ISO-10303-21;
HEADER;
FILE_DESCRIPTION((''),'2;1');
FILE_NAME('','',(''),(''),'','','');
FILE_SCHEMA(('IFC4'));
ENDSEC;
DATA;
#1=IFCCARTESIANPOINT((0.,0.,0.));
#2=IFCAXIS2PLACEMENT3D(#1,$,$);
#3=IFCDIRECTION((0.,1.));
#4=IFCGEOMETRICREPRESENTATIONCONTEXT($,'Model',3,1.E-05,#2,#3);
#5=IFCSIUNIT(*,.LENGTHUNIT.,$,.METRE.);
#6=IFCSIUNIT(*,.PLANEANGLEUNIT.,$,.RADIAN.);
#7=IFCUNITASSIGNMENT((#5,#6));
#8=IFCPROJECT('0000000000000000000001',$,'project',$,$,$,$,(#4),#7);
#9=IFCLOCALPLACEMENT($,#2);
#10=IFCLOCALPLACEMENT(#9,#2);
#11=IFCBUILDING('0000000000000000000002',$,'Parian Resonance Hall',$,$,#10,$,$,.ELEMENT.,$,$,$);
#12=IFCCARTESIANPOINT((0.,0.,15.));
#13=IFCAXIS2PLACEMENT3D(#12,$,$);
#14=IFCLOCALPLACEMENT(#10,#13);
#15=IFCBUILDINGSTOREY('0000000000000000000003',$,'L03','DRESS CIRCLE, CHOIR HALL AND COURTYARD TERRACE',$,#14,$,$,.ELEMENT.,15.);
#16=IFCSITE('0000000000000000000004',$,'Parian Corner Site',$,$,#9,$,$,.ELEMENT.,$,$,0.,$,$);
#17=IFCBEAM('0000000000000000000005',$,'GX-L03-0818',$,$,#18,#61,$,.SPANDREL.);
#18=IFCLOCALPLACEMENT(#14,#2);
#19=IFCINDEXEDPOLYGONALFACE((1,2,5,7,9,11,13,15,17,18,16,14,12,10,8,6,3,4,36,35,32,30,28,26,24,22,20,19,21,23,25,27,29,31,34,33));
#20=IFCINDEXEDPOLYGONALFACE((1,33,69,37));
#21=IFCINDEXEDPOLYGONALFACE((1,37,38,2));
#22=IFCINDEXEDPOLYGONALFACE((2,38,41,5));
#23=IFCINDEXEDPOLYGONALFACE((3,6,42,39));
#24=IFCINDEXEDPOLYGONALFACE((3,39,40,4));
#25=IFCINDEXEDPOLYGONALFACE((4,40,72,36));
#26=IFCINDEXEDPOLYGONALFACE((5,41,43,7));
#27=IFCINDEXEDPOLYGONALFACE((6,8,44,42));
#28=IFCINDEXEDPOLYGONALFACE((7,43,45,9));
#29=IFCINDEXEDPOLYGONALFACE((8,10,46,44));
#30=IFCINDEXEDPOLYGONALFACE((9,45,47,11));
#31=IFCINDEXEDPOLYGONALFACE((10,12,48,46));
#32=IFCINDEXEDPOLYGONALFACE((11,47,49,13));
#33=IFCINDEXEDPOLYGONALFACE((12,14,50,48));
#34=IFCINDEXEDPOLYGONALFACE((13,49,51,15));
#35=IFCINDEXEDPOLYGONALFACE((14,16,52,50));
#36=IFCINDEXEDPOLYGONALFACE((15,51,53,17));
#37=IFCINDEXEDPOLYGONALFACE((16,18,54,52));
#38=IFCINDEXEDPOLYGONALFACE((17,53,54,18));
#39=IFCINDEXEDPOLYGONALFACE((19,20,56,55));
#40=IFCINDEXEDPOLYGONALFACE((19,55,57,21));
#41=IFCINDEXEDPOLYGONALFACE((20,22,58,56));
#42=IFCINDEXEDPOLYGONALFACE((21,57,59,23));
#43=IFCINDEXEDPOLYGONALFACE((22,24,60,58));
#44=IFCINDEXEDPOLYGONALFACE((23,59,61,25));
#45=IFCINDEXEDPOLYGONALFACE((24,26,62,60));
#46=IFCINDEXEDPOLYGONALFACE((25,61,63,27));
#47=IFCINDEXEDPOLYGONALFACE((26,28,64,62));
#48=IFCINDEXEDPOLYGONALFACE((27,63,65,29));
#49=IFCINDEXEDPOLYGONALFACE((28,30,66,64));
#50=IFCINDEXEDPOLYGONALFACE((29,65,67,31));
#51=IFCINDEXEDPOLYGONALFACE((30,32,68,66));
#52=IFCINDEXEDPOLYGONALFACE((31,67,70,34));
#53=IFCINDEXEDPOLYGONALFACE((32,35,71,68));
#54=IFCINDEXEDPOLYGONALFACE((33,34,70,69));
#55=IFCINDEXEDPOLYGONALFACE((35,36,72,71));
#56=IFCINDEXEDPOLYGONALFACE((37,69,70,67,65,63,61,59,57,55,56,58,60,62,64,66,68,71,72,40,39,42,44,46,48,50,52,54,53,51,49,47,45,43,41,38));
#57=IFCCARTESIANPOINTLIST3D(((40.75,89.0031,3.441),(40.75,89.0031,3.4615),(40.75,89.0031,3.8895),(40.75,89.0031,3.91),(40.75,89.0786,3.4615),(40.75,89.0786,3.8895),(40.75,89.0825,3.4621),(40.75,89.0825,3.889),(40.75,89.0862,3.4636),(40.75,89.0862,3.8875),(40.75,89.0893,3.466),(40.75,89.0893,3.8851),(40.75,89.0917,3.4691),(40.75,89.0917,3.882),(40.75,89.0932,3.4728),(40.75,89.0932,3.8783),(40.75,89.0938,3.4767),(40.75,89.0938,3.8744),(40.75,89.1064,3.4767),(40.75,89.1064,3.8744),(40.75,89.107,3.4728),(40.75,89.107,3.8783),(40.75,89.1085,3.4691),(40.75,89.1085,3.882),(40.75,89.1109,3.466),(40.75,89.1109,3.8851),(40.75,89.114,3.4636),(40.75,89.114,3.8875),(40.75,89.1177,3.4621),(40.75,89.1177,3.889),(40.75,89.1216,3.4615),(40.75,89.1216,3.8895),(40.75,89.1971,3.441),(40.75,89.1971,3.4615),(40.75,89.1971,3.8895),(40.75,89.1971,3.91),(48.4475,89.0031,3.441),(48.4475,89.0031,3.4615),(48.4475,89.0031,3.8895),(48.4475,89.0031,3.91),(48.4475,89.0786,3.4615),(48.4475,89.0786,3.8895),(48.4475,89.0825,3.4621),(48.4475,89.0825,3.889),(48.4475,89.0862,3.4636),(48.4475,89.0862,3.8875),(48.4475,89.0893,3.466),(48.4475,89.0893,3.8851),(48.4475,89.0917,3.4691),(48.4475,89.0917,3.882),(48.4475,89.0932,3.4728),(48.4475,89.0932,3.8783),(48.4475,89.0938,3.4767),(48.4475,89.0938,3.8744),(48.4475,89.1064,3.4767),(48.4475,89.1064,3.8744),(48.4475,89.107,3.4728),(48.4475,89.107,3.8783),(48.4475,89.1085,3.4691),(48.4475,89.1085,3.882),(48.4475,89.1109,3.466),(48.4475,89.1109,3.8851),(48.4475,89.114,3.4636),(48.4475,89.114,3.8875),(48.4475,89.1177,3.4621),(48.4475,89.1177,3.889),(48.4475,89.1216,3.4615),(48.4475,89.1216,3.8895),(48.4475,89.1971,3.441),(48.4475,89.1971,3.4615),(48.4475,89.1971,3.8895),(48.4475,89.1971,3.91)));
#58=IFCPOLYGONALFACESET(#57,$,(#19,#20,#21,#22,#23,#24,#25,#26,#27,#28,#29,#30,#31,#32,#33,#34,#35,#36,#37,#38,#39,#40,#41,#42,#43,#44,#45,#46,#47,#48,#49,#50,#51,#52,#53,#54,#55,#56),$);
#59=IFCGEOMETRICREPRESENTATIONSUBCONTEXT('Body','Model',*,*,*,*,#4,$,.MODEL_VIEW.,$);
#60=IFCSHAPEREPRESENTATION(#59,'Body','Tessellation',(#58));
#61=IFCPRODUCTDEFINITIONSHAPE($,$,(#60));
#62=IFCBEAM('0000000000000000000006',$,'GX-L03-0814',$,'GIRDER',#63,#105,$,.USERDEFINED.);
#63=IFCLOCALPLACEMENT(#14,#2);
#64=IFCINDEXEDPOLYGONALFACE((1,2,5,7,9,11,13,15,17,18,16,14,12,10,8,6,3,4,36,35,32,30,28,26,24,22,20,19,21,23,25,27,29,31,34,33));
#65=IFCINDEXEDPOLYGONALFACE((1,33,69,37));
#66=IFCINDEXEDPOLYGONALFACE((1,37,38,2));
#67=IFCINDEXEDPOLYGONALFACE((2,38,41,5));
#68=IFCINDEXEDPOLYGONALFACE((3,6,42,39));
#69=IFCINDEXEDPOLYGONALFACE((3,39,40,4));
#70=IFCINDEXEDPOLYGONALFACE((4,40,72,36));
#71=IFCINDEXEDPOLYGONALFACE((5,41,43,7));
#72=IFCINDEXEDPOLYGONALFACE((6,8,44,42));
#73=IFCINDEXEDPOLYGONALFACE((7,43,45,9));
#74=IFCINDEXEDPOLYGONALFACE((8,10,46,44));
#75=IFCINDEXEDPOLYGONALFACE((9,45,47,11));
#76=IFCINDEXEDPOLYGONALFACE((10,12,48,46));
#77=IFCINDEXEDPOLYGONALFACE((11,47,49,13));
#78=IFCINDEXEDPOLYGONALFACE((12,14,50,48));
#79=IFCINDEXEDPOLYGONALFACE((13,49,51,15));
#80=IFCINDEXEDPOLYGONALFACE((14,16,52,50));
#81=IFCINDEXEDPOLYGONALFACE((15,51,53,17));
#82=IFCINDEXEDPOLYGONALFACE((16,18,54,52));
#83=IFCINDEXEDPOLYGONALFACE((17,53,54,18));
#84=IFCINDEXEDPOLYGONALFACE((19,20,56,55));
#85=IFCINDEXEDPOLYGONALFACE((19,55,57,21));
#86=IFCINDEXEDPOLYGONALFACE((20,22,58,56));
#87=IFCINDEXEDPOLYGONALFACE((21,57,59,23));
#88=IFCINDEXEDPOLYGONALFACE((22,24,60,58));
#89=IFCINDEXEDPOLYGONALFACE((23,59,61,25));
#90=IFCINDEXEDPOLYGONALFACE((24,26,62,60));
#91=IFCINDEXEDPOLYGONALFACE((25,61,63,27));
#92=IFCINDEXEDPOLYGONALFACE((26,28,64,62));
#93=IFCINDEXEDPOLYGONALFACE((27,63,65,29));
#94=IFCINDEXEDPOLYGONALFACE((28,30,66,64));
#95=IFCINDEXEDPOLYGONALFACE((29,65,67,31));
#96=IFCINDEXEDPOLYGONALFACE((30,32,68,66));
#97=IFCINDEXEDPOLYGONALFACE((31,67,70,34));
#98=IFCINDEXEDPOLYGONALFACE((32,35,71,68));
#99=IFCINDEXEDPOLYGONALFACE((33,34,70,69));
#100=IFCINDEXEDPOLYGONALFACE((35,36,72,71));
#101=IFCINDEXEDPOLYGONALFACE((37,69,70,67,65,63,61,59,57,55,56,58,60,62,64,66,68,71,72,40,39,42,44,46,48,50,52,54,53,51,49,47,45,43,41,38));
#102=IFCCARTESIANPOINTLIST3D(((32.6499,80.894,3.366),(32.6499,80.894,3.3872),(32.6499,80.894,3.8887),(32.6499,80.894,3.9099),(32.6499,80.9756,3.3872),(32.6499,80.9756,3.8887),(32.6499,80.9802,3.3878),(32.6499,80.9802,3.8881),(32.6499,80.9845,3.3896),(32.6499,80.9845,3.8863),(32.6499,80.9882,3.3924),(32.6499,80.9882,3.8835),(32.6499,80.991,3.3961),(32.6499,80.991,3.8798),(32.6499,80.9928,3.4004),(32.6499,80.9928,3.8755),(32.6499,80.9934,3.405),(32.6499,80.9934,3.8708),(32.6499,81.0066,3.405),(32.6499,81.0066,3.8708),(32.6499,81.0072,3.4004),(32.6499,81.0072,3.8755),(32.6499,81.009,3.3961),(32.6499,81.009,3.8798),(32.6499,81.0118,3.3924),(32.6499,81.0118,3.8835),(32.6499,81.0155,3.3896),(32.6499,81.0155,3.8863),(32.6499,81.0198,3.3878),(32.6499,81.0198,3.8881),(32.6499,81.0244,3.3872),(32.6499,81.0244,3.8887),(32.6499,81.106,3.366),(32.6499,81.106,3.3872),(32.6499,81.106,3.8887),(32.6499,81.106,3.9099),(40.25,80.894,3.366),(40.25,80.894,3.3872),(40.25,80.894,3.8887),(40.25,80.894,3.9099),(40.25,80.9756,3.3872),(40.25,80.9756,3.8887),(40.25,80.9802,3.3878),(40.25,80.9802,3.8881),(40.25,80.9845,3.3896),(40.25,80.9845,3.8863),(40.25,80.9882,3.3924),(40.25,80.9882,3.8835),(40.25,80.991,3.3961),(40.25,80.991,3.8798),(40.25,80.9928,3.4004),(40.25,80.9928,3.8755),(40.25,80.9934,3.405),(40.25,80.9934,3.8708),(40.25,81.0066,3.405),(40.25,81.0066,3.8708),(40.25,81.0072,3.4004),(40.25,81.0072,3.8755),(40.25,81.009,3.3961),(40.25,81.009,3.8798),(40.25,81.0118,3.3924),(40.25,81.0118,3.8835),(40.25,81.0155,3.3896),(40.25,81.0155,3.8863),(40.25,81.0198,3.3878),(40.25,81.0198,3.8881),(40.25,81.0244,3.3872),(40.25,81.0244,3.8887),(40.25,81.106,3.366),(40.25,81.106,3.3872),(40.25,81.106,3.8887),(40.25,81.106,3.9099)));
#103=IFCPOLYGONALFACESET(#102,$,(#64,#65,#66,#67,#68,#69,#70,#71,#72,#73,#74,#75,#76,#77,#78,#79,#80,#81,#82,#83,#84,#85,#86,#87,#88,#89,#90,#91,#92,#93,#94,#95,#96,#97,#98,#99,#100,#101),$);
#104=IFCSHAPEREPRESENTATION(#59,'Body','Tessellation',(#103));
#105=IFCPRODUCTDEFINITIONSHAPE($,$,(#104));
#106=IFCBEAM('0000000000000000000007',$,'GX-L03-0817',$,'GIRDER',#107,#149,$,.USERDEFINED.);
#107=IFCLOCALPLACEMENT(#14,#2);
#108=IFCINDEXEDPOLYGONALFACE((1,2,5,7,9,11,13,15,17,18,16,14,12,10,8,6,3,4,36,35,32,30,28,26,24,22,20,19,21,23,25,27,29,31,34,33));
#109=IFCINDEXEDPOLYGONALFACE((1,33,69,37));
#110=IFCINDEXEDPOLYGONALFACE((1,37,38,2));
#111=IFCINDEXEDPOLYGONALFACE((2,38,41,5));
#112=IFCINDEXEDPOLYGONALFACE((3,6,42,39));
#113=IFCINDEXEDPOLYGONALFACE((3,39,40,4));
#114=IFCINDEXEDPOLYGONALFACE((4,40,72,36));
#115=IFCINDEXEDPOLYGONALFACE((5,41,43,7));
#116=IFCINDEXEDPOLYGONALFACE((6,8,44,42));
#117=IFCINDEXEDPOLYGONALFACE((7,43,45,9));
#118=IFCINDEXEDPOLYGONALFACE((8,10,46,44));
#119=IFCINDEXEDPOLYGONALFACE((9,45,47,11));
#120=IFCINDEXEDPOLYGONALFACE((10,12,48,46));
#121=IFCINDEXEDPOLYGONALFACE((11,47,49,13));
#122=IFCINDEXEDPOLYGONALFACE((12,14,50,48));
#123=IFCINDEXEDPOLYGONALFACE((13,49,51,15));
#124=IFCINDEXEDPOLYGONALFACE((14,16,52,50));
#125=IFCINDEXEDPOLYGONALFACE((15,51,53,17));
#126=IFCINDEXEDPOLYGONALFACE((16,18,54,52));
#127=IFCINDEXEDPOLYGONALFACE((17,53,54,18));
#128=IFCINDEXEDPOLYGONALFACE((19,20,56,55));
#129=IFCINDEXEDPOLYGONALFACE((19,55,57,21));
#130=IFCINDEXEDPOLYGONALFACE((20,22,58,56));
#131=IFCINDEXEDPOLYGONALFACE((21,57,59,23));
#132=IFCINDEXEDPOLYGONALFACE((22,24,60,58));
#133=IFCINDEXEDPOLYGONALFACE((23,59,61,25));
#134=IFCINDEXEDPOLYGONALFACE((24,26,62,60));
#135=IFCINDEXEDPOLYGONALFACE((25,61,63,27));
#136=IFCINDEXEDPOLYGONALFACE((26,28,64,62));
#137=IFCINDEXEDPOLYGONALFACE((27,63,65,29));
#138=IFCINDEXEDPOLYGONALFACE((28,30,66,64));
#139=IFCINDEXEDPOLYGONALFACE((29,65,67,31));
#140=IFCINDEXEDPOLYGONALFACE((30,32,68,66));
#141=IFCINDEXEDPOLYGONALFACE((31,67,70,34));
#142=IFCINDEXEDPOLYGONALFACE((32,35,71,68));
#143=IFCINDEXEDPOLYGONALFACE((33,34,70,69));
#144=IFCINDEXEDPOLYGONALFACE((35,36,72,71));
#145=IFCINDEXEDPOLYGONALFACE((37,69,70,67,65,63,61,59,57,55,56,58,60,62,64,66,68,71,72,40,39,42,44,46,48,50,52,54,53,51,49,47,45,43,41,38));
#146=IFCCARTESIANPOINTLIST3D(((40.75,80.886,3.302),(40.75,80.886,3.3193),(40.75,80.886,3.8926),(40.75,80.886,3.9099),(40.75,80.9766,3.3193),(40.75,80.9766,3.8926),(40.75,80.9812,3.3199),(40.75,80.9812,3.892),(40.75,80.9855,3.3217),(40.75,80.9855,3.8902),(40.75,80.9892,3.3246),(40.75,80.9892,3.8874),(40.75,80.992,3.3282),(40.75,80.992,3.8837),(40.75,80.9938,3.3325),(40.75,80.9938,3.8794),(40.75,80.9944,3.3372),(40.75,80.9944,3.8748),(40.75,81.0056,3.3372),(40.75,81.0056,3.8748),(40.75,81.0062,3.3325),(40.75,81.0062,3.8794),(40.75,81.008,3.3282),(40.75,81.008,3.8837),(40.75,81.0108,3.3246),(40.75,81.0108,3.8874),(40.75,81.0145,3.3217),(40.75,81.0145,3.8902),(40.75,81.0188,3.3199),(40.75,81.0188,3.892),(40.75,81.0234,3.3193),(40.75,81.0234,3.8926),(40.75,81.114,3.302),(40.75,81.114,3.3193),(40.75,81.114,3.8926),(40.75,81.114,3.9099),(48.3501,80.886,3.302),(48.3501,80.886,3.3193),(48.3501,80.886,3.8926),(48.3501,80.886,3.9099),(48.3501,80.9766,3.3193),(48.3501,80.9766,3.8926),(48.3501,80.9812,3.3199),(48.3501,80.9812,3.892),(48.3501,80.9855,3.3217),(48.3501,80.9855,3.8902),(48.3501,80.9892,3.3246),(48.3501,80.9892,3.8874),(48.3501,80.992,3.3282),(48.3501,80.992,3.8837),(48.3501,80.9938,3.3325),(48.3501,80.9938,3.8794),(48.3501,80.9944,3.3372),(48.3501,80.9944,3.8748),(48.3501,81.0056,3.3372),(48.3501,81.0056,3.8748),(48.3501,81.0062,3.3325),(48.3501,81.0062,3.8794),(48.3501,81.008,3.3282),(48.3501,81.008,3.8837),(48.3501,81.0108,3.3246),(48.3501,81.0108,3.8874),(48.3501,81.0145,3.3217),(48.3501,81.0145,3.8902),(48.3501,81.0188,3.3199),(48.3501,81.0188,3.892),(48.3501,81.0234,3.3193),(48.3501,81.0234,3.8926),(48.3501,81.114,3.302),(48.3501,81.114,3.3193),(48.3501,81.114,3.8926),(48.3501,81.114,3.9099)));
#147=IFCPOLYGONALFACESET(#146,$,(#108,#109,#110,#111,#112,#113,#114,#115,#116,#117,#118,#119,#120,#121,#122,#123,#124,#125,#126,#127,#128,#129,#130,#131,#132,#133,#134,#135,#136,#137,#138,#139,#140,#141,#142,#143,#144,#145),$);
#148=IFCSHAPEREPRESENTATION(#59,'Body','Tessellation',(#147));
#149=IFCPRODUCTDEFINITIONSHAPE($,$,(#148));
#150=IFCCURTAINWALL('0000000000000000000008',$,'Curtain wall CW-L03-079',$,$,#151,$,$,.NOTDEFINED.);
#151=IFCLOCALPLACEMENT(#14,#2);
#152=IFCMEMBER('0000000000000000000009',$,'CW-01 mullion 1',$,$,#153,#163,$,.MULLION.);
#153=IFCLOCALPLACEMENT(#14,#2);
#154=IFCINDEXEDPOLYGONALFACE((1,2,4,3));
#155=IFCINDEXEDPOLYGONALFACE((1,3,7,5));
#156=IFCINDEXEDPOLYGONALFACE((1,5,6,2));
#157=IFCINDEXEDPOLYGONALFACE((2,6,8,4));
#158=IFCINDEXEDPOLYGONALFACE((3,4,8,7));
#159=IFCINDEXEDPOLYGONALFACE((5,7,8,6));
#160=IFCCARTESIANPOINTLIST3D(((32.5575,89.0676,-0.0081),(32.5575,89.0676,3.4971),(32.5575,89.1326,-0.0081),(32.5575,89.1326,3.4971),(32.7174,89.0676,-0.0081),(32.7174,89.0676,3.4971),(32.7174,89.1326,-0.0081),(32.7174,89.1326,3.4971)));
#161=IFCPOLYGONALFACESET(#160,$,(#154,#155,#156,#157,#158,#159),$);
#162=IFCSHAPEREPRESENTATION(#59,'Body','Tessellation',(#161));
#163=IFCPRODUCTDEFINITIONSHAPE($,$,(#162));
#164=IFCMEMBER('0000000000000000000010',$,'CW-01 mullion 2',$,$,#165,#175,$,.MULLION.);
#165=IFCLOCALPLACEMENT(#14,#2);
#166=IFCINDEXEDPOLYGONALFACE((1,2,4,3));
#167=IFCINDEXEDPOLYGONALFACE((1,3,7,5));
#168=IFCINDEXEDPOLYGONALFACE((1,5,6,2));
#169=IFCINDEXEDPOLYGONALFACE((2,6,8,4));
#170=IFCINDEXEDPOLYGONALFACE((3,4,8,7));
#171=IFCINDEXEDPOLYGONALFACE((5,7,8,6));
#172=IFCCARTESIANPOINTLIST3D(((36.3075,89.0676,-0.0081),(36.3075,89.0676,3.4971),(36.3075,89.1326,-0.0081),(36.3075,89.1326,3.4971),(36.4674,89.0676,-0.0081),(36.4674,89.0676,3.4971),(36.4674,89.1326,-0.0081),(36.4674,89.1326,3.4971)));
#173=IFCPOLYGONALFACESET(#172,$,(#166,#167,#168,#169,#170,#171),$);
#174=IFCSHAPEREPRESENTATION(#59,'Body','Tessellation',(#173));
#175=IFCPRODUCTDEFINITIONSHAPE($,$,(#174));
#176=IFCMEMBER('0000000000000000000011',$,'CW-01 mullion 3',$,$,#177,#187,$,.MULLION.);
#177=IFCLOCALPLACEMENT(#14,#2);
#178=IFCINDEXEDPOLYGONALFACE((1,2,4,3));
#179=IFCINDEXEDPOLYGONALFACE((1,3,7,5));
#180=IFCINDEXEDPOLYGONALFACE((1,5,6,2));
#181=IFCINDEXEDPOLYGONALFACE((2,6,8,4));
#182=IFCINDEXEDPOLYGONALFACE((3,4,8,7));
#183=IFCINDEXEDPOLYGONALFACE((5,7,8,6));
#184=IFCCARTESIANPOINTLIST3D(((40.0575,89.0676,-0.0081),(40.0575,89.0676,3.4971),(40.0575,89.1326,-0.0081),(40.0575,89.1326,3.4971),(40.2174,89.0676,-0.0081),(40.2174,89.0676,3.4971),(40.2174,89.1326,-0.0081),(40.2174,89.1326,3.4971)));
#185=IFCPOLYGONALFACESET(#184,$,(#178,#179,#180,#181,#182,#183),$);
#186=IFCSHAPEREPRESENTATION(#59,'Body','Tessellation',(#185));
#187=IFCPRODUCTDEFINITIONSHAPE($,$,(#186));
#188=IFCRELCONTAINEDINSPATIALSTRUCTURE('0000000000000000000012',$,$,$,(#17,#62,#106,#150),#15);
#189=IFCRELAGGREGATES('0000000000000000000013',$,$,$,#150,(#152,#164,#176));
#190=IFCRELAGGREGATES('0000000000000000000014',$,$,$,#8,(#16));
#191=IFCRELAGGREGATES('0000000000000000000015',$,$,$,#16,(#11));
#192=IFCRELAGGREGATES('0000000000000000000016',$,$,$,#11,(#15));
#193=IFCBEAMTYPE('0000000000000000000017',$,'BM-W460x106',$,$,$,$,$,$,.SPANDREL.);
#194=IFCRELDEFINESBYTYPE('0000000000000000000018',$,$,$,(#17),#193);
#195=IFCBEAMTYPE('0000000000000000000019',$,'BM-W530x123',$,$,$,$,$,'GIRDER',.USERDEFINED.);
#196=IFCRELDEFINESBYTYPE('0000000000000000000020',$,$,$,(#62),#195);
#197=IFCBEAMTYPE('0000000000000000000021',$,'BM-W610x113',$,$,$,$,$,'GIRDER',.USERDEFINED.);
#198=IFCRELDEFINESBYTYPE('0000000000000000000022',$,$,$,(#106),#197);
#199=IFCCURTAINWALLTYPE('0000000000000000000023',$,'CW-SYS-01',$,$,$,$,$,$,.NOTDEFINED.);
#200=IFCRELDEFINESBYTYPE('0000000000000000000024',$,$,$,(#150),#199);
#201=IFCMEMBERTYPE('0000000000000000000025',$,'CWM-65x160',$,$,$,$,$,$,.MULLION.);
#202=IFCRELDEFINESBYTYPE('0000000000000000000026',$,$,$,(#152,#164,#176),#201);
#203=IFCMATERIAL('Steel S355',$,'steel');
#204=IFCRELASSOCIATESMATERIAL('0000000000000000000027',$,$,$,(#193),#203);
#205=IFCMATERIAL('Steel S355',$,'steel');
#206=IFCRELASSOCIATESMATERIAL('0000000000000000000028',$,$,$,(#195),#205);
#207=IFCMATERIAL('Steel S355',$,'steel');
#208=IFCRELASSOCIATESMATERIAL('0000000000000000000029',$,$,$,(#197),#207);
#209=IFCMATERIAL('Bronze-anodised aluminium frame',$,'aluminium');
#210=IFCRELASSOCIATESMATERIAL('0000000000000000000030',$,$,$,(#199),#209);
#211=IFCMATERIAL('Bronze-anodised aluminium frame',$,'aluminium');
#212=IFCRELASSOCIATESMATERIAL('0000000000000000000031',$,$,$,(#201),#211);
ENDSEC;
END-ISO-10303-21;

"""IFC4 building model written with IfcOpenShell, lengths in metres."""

from ifc_helpers import new_model, si_unit, direction, frame, origin, origin_2d, place, context, subcontext, project, spatial, rectangle, i_section, extrude, material, material_profile, profile_set, type_object, element, aggregate, save


model = new_model("IFC4")

# Units and contexts
model_context = context("Model", 3, precision=1e-05, world=origin(), true_north=direction((0.0, 1.0)))
body_context = subcontext(model_context, "Body", "Model", "MODEL_VIEW")
ifc_project = project(units=[si_unit("LENGTHUNIT", "METRE"), si_unit("PLANEANGLEUNIT", "RADIAN")], contexts=[model_context])

# Site, building, storey
site_placement = place(None, origin())
site = spatial("IfcSite", under=ifc_project, at=site_placement, Name="Parian Corner Site", CompositionType="ELEMENT", RefElevation=0.0)
building_placement = place(site_placement, origin())
building = spatial("IfcBuilding", under=site, at=building_placement, Name="Parian Resonance Hall", CompositionType="ELEMENT")
storey_placement = place(building_placement, frame((0.0, 0.0, 15.0)))
storey = spatial("IfcBuildingStorey", under=building, at=storey_placement, Name="L03", Description="DRESS CIRCLE, CHOIR HALL AND COURTYARD TERRACE", CompositionType="ELEMENT", Elevation=15.0)

# Beams
ifc_material_1 = material(Name="Steel S355", Category="steel")
ifc_material_profile_1 = material_profile(ifc_material_1, i_section(OverallWidth=0.1941, OverallDepth=0.469, WebThickness=0.0127, FlangeThickness=0.0205, FilletRadius=0.0151, at=origin_2d()), Name="W460x106")
ifc_profile_set_1 = profile_set([ifc_material_profile_1], Name="Steel S355")
beam_type_1 = type_object("IfcBeamType", Name="BM-W460x106", PredefinedType="SPANDREL", material=ifc_profile_set_1)
beam_1_placement = place(storey_placement, frame((40.75, 89.1001, 3.6755), z_axis=(1.0, 0.0, 0.0), x_axis=(0.0, 1.0, 0.0)))
element("IfcBeam", 1, at=beam_1_placement, inside=storey, type_object=beam_type_1, Name="GX-L03-0818", PredefinedType="SPANDREL", context=body_context, shape_type="SweptSolid", body=[
    extrude(i_section(OverallWidth=0.1941, OverallDepth=0.469, WebThickness=0.0127, FlangeThickness=0.0205, FilletRadius=0.0151, at=origin_2d()), origin(), (0.0, 0.0, 1.0), 7.6975),
])
ifc_material_2 = material(Name="Steel S355", Category="steel")
ifc_material_profile_2 = material_profile(ifc_material_2, i_section(OverallWidth=0.2119, OverallDepth=0.5439, WebThickness=0.0132, FlangeThickness=0.0212, FilletRadius=0.0178, at=origin_2d()), Name="W530x123")
ifc_profile_set_2 = profile_set([ifc_material_profile_2], Name="Steel S355")
beam_type_2 = type_object("IfcBeamType", Name="BM-W530x123", ElementType="GIRDER", PredefinedType="USERDEFINED", material=ifc_profile_set_2)
beam_2_placement = place(storey_placement, frame((32.6499, 81.0, 3.6379), z_axis=(1.0, 0.0, 0.0), x_axis=(0.0, 1.0, 0.0)))
element("IfcBeam", 2, at=beam_2_placement, inside=storey, type_object=beam_type_2, Name="GX-L03-0814", ObjectType="GIRDER", PredefinedType="USERDEFINED", context=body_context, shape_type="SweptSolid", body=[
    extrude(i_section(OverallWidth=0.2119, OverallDepth=0.5439, WebThickness=0.0132, FlangeThickness=0.0212, FilletRadius=0.0178, at=origin_2d()), origin(), (0.0, 0.0, 1.0), 7.6001),
])
ifc_material_3 = material(Name="Steel S355", Category="steel")
ifc_material_profile_3 = material_profile(ifc_material_3, i_section(OverallWidth=0.228, OverallDepth=0.6079, WebThickness=0.0112, FlangeThickness=0.0173, FilletRadius=0.0178, at=origin_2d()), Name="W610x113")
ifc_profile_set_3 = profile_set([ifc_material_profile_3], Name="Steel S355")
beam_type_3 = type_object("IfcBeamType", Name="BM-W610x113", ElementType="GIRDER", PredefinedType="USERDEFINED", material=ifc_profile_set_3)
beam_3_placement = place(storey_placement, frame((40.75, 81.0, 3.606), z_axis=(1.0, 0.0, 0.0), x_axis=(0.0, 1.0, 0.0)))
element("IfcBeam", 3, at=beam_3_placement, inside=storey, type_object=beam_type_3, Name="GX-L03-0817", ObjectType="GIRDER", PredefinedType="USERDEFINED", context=body_context, shape_type="SweptSolid", body=[
    extrude(i_section(OverallWidth=0.228, OverallDepth=0.6079, WebThickness=0.0112, FlangeThickness=0.0173, FilletRadius=0.0178, at=origin_2d()), origin(), (0.0, 0.0, 1.0), 7.6001),
])

# Curtain wall, members
ifc_material_4 = material(Name="Bronze-anodised aluminium frame", Category="aluminium")
curtain_wall_type_1 = type_object("IfcCurtainWallType", Name="CW-SYS-01", PredefinedType="NOTDEFINED", material=ifc_material_4)
curtain_wall_1_placement = place(storey_placement, origin())
curtain_wall_1 = element("IfcCurtainWall", 4, at=curtain_wall_1_placement, inside=storey, type_object=curtain_wall_type_1, Name="Curtain wall CW-L03-079", PredefinedType="NOTDEFINED")
ifc_material_5 = material(Name="Bronze-anodised aluminium frame", Category="aluminium")
ifc_material_profile_4 = material_profile(ifc_material_5, rectangle(XDim=0.0649, YDim=0.1599, at=origin_2d()), Name="CWM-65x160")
ifc_profile_set_4 = profile_set([ifc_material_profile_4], Name="Bronze-anodised aluminium frame")
member_type_1 = type_object("IfcMemberType", Name="CWM-65x160", PredefinedType="MULLION", material=ifc_profile_set_4)
member_1_placement = place(storey_placement, frame((32.6375, 89.1001, -0.0081), z_axis=(0.0, 0.0, 1.0), x_axis=(0.0, 1.0, 0.0)))
member_1 = element("IfcMember", 5, at=member_1_placement, type_object=member_type_1, Name="CW-01 mullion 1", PredefinedType="MULLION", context=body_context, shape_type="SweptSolid", body=[
    extrude(rectangle(XDim=0.0649, YDim=0.1599, at=origin_2d()), origin(), (0.0, 0.0, 1.0), 3.5051),
])
member_2_placement = place(storey_placement, frame((36.3875, 89.1001, -0.0081), z_axis=(0.0, 0.0, 1.0), x_axis=(0.0, 1.0, 0.0)))
member_2 = element("IfcMember", 6, at=member_2_placement, type_object=member_type_1, Name="CW-01 mullion 2", PredefinedType="MULLION", context=body_context, shape_type="SweptSolid", body=[
    extrude(rectangle(XDim=0.0649, YDim=0.1599, at=origin_2d()), origin(), (0.0, 0.0, 1.0), 3.5051),
])
member_3_placement = place(storey_placement, frame((40.1375, 89.1001, -0.0081), z_axis=(0.0, 0.0, 1.0), x_axis=(0.0, 1.0, 0.0)))
member_3 = element("IfcMember", 7, at=member_3_placement, type_object=member_type_1, Name="CW-01 mullion 3", PredefinedType="MULLION", context=body_context, shape_type="SweptSolid", body=[
    extrude(rectangle(XDim=0.0649, YDim=0.1599, at=origin_2d()), origin(), (0.0, 0.0, 1.0), 3.5051),
])

aggregate(curtain_wall_1, [member_1, member_2, member_3])

save(model, "model.ifc")
